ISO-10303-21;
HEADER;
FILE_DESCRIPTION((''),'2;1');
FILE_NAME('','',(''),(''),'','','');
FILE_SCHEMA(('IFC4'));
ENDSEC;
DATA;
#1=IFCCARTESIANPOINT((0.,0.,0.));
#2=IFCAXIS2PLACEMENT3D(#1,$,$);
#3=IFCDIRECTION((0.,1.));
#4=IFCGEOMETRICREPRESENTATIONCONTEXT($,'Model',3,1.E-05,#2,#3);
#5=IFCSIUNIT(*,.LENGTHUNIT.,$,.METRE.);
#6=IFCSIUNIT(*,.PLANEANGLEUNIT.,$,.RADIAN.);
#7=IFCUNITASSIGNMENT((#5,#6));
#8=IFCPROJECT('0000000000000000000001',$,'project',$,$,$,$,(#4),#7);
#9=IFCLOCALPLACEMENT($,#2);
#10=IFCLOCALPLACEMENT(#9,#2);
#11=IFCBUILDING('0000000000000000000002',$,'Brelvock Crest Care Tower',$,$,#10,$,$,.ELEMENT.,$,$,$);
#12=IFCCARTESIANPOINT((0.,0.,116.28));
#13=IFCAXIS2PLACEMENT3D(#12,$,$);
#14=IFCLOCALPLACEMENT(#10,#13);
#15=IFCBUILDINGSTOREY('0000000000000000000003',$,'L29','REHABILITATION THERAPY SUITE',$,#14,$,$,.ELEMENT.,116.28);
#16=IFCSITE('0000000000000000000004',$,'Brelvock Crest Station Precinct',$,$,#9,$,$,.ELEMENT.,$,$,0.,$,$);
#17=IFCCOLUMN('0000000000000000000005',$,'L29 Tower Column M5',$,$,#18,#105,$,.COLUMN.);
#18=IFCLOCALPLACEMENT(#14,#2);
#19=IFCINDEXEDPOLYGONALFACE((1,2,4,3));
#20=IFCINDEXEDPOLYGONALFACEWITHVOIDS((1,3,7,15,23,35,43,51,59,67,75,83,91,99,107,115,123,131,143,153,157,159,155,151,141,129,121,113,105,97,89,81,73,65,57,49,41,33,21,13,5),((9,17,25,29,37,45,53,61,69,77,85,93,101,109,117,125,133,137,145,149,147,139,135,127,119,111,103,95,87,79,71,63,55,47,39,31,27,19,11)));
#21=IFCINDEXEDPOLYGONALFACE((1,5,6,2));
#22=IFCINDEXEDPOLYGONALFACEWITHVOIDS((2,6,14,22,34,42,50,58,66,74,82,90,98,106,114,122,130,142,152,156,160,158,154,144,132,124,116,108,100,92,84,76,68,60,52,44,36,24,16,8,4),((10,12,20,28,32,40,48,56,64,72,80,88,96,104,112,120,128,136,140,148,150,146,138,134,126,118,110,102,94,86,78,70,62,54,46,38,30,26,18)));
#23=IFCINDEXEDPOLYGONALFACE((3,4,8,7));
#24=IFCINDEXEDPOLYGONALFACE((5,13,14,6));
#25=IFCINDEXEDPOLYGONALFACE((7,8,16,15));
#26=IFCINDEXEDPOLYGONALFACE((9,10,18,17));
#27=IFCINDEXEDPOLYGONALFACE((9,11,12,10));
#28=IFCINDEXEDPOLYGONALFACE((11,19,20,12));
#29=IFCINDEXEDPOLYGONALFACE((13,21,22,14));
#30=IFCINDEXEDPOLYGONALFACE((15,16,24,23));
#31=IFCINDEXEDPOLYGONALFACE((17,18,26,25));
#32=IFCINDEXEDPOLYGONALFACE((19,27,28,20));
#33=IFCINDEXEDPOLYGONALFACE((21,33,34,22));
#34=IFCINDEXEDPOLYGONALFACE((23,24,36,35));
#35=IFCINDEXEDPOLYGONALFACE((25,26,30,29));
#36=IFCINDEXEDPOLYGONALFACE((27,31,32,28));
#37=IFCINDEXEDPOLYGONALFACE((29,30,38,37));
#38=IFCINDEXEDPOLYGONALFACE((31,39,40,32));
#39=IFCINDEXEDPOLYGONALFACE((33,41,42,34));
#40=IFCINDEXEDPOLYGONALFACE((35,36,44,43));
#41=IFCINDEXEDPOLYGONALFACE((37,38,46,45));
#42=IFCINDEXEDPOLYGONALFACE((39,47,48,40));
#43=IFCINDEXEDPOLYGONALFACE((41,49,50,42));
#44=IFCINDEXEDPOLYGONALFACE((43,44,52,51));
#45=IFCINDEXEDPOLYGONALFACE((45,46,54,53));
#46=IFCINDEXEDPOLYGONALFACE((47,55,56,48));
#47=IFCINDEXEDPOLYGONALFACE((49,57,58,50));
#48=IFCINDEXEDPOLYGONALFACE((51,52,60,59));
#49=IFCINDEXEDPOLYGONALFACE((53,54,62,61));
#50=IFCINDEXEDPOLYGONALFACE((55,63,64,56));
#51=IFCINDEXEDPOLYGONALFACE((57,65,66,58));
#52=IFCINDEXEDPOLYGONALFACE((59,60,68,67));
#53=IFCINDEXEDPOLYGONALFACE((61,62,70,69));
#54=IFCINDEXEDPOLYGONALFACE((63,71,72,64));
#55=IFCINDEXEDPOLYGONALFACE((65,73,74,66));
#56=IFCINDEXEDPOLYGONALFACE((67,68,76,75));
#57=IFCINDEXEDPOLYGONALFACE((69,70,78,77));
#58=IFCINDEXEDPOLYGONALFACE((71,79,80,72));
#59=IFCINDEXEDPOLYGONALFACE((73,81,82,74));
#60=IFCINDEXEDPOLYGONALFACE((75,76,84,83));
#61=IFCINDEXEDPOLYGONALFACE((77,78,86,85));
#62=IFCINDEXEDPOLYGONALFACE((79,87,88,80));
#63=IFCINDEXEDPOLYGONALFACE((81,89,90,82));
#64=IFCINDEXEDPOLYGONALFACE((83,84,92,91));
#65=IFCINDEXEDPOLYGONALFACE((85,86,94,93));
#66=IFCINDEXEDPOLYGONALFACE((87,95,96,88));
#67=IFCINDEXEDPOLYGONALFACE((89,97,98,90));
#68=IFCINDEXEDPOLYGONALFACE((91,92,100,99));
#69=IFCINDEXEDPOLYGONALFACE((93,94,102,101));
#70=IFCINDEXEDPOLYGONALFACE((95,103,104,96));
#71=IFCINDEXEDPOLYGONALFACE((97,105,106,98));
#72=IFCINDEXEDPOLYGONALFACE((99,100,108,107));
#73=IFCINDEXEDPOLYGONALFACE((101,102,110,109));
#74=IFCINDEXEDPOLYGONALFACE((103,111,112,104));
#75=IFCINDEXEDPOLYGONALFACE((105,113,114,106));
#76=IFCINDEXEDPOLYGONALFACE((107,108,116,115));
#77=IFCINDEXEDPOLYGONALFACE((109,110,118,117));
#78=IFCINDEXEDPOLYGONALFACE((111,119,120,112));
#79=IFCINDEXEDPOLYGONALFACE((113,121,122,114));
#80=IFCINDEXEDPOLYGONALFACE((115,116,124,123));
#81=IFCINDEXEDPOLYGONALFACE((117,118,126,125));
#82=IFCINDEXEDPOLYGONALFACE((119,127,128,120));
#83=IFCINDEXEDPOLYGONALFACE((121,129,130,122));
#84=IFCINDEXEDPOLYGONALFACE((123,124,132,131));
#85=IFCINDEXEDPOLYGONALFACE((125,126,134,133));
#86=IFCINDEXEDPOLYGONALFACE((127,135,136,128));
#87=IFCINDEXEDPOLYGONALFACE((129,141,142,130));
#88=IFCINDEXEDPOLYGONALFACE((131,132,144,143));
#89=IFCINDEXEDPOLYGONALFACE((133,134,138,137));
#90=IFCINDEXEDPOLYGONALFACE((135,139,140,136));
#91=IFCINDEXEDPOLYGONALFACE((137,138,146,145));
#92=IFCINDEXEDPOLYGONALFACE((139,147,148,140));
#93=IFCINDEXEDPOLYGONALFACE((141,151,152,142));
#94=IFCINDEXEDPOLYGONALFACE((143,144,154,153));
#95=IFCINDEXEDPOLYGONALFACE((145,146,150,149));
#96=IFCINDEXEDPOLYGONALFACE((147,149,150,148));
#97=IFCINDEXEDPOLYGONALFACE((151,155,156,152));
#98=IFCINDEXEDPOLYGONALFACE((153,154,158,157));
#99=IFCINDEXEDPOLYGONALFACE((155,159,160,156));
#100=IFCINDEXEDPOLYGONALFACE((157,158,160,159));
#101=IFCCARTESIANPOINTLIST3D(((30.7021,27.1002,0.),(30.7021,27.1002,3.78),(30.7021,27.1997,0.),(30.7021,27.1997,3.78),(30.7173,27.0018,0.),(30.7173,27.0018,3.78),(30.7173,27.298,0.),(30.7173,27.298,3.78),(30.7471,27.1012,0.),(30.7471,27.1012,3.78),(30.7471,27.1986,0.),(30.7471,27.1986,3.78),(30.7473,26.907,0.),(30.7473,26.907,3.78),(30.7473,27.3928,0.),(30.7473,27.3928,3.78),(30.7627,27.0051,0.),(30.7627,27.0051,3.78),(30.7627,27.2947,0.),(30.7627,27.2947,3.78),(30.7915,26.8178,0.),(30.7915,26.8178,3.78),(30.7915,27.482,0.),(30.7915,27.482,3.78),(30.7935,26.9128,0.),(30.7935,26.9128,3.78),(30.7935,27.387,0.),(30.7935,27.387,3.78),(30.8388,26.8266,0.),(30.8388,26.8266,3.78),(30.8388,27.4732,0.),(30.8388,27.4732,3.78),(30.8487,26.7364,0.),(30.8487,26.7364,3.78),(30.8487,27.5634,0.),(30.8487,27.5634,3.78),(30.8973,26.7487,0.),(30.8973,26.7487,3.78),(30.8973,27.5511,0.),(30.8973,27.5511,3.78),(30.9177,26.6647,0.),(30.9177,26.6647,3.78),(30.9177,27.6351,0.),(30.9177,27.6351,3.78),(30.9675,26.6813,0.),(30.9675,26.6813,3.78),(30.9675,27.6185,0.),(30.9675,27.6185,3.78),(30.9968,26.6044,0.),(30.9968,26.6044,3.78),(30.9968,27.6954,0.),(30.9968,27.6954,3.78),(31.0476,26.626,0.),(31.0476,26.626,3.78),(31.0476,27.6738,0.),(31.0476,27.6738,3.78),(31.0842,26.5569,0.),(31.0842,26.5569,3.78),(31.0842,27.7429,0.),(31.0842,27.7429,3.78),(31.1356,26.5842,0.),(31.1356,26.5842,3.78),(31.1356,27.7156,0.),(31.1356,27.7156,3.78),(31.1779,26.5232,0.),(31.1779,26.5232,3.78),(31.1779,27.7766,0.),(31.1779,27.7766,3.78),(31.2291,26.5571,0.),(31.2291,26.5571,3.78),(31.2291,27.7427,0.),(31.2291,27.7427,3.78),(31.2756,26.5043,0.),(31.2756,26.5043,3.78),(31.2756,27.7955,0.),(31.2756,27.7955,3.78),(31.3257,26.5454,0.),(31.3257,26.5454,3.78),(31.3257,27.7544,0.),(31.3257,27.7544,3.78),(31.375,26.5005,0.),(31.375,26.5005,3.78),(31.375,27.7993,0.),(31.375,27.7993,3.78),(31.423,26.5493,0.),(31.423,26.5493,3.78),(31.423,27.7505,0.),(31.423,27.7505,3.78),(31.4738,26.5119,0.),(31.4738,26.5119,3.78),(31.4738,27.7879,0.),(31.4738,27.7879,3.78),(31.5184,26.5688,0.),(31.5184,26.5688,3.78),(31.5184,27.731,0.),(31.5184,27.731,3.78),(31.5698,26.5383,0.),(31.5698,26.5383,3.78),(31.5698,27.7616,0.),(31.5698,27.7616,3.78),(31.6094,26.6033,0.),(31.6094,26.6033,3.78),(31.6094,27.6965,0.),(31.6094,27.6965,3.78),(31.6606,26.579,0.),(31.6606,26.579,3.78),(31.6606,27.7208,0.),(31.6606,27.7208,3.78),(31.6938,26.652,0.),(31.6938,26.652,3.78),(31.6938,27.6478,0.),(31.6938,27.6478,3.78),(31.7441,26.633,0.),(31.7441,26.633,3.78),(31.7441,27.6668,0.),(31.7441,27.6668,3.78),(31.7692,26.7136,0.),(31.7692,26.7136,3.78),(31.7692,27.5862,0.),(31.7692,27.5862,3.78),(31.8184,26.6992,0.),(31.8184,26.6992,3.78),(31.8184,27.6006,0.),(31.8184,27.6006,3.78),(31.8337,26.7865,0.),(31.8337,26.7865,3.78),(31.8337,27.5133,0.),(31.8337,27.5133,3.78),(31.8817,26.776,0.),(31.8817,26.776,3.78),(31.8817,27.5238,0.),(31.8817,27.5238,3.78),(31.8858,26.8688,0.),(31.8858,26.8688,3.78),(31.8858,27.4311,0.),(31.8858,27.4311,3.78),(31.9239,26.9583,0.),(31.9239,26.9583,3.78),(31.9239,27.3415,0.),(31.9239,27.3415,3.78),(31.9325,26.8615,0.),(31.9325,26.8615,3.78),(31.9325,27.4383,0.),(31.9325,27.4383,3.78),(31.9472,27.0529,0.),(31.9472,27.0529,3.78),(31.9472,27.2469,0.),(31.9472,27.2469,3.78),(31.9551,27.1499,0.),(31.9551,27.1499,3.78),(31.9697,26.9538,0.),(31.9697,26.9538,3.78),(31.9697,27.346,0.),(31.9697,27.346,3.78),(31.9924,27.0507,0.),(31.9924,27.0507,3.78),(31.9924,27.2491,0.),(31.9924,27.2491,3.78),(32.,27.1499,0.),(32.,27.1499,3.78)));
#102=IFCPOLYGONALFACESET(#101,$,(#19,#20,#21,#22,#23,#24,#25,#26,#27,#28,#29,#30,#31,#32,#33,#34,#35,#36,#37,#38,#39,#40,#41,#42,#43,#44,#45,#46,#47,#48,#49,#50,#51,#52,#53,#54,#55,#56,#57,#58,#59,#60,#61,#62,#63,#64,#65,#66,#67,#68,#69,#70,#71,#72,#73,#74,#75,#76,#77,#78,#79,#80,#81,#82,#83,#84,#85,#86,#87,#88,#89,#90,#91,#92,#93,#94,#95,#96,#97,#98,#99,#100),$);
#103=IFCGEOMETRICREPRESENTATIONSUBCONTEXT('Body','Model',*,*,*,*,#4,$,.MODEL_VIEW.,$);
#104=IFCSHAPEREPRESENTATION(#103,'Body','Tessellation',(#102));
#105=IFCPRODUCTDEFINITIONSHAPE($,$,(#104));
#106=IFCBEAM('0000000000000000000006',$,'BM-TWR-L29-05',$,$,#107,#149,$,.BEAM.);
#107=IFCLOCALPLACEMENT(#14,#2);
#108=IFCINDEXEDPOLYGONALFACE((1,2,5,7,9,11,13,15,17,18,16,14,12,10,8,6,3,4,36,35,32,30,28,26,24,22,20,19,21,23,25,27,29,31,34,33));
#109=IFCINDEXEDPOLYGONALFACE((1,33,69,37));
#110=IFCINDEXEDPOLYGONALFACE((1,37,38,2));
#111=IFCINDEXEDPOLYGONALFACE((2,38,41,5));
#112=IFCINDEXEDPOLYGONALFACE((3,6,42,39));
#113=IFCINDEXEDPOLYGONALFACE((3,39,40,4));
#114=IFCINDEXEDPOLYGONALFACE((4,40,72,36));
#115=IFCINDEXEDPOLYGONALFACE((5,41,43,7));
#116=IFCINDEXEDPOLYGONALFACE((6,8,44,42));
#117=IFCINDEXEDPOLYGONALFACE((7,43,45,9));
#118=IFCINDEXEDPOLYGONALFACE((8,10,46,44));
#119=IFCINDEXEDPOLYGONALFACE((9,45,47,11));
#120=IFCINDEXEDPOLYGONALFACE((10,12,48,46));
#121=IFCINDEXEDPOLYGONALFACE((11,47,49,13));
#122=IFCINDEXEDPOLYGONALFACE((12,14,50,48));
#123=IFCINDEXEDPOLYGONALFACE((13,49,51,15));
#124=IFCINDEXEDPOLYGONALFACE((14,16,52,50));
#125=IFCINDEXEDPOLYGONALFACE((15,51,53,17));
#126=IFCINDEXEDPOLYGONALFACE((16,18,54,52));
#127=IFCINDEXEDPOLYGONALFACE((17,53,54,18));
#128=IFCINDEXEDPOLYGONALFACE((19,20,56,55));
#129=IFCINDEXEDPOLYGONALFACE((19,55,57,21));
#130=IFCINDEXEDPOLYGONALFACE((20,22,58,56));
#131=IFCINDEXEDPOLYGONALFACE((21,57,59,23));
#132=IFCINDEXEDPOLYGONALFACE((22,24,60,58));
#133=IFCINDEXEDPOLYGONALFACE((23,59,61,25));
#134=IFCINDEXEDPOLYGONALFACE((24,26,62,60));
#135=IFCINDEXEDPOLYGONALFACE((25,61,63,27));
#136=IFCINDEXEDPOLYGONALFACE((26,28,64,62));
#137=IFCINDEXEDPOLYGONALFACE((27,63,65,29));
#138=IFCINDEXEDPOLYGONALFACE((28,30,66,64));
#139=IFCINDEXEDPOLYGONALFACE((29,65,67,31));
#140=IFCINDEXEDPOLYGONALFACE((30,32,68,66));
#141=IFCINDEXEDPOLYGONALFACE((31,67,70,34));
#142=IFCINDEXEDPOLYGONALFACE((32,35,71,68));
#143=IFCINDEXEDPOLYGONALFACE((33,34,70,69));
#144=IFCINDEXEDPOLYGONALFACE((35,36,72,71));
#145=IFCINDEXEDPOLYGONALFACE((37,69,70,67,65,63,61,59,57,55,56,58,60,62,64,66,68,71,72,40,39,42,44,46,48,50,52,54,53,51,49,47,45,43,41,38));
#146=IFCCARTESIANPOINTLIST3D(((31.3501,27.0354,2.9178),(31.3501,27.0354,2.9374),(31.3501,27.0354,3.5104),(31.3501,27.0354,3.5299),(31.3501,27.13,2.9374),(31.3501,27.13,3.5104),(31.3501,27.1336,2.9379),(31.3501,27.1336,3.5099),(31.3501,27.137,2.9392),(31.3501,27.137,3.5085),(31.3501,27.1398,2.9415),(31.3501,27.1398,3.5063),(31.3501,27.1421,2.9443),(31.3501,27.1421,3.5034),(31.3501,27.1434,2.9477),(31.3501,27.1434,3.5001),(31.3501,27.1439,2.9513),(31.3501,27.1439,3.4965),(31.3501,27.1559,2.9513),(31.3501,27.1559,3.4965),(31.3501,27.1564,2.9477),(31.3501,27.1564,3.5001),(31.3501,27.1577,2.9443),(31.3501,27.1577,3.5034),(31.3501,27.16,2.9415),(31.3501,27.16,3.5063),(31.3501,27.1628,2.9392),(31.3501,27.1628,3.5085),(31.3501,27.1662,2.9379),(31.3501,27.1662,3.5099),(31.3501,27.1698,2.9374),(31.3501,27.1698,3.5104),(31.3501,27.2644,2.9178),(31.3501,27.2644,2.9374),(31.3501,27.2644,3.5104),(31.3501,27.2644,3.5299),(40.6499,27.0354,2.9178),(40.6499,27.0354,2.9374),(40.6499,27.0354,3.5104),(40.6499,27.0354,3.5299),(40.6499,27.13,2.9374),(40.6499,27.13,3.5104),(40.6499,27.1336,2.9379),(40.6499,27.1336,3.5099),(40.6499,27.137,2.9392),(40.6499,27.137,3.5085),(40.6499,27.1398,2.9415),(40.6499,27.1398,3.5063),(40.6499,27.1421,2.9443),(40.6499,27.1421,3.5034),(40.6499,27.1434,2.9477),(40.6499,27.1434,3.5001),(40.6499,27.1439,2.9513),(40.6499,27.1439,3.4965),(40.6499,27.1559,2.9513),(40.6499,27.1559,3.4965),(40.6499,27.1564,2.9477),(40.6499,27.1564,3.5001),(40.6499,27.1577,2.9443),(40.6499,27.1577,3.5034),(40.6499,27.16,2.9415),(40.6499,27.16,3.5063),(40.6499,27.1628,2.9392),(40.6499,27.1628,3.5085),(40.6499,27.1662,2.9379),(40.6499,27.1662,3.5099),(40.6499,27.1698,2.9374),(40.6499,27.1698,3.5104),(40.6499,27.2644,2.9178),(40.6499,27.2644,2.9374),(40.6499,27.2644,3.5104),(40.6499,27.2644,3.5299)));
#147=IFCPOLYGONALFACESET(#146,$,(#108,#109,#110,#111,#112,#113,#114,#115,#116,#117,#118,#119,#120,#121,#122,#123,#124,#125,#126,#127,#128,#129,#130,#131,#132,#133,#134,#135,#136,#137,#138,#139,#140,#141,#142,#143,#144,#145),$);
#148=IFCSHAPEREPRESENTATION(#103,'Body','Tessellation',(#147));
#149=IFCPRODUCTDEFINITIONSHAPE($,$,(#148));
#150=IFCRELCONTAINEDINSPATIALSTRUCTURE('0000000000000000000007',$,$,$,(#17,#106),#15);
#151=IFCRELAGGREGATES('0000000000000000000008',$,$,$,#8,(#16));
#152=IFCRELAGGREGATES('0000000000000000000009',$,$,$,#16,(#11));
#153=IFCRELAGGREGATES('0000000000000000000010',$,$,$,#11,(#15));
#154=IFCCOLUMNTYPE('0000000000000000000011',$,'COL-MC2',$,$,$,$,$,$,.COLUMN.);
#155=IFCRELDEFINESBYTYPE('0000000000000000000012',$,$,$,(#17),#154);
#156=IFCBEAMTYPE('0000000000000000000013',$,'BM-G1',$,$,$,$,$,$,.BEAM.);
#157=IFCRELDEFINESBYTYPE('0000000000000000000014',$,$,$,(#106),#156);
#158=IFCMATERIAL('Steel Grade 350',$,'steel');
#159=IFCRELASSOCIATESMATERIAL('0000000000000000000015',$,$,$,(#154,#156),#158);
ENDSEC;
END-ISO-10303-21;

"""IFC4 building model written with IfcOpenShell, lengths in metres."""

from ifc_helpers import new_model, si_unit, direction, frame, origin, origin_2d, place, context, subcontext, project, spatial, hollow_circle, i_section, extrude, source, transform, mapped, material, material_profile, profile_set, type_object, element, save


model = new_model("IFC4")

# Units and contexts
model_context = context("Model", 3, precision=1e-05, world=origin(), true_north=direction((0.0, 1.0)))
body_context = subcontext(model_context, "Body", "Model", "MODEL_VIEW")
ifc_project = project(units=[si_unit("LENGTHUNIT", "METRE"), si_unit("PLANEANGLEUNIT", "RADIAN")], contexts=[model_context])

# Site, building, storey
site_placement = place(None, origin())
site = spatial("IfcSite", under=ifc_project, at=site_placement, Name="Brelvock Crest Station Precinct", CompositionType="ELEMENT", RefElevation=0.0)
building_placement = place(site_placement, origin())
building = spatial("IfcBuilding", under=site, at=building_placement, Name="Brelvock Crest Care Tower", CompositionType="ELEMENT")
storey_placement = place(building_placement, frame((0.0, 0.0, 116.28)))
storey = spatial("IfcBuildingStorey", under=building, at=storey_placement, Name="L29", Description="REHABILITATION THERAPY SUITE", CompositionType="ELEMENT", Elevation=116.28)

# Column
ifc_material_1 = material(Name="Steel Grade 350", Category="steel")
ifc_material_profile_1 = material_profile(ifc_material_1, hollow_circle(Radius=0.6499, WallThickness=0.0449, at=origin_2d()), Name="CFT1300x45")
ifc_profile_set_1 = profile_set([ifc_material_profile_1], Name="Steel Grade 350")
column_type = type_object("IfcColumnType", Name="COL-MC2", PredefinedType="COLUMN", material=ifc_profile_set_1)
shared_shape_1 = source(origin(), body_context, "Body", "SweptSolid", [
    extrude(hollow_circle(Radius=0.6499, WallThickness=0.0449, at=origin_2d()), origin(), (0.0, 0.0, 1.0), 3.78),
])
column_placement = place(storey_placement, frame((31.3501, 27.1499, 0.0), z_axis=(0.0, 0.0, 1.0), x_axis=(1.0, 0.0, 0.0)))
element("IfcColumn", 1, at=column_placement, inside=storey, type_object=column_type, Name="L29 Tower Column M5", PredefinedType="COLUMN", context=body_context, shape_type="MappedRepresentation", body=[
    mapped(shared_shape_1, transform((0.0, 0.0, 0.0), x_axis=(1.0, 0.0, 0.0), y_axis=(0.0, 1.0, 0.0), z_axis=(0.0, 0.0, 1.0), scale=1.0)),
])

# Beam
ifc_material_profile_2 = material_profile(ifc_material_1, i_section(OverallWidth=0.229, OverallDepth=0.6121, WebThickness=0.012, FlangeThickness=0.0195, FilletRadius=0.0139, at=origin_2d()), Name="610UB125")
ifc_profile_set_2 = profile_set([ifc_material_profile_2], Name="Steel Grade 350")
beam_type_1 = type_object("IfcBeamType", Name="BM-G1", PredefinedType="BEAM", material=ifc_profile_set_2)
shared_shape_2 = source(origin(), body_context, "Body", "SweptSolid", [
    extrude(i_section(OverallWidth=0.229, OverallDepth=0.6121, WebThickness=0.012, FlangeThickness=0.0195, FilletRadius=0.0139, at=origin_2d()), origin(), (0.0, 0.0, 1.0), 9.2998),
])
beam_1_placement = place(storey_placement, frame((31.3501, 27.1499, 3.2239), z_axis=(1.0, 0.0, 0.0), x_axis=(0.0, 1.0, 0.0)))
element("IfcBeam", 2, at=beam_1_placement, inside=storey, type_object=beam_type_1, Name="BM-TWR-L29-05", PredefinedType="BEAM", context=body_context, shape_type="MappedRepresentation", body=[
    mapped(shared_shape_2, transform((0.0, 0.0, 0.0), x_axis=(1.0, 0.0, 0.0), y_axis=(0.0, 1.0, 0.0), z_axis=(0.0, 0.0, 1.0), scale=1.0)),
])

save(model, "model.ifc")
